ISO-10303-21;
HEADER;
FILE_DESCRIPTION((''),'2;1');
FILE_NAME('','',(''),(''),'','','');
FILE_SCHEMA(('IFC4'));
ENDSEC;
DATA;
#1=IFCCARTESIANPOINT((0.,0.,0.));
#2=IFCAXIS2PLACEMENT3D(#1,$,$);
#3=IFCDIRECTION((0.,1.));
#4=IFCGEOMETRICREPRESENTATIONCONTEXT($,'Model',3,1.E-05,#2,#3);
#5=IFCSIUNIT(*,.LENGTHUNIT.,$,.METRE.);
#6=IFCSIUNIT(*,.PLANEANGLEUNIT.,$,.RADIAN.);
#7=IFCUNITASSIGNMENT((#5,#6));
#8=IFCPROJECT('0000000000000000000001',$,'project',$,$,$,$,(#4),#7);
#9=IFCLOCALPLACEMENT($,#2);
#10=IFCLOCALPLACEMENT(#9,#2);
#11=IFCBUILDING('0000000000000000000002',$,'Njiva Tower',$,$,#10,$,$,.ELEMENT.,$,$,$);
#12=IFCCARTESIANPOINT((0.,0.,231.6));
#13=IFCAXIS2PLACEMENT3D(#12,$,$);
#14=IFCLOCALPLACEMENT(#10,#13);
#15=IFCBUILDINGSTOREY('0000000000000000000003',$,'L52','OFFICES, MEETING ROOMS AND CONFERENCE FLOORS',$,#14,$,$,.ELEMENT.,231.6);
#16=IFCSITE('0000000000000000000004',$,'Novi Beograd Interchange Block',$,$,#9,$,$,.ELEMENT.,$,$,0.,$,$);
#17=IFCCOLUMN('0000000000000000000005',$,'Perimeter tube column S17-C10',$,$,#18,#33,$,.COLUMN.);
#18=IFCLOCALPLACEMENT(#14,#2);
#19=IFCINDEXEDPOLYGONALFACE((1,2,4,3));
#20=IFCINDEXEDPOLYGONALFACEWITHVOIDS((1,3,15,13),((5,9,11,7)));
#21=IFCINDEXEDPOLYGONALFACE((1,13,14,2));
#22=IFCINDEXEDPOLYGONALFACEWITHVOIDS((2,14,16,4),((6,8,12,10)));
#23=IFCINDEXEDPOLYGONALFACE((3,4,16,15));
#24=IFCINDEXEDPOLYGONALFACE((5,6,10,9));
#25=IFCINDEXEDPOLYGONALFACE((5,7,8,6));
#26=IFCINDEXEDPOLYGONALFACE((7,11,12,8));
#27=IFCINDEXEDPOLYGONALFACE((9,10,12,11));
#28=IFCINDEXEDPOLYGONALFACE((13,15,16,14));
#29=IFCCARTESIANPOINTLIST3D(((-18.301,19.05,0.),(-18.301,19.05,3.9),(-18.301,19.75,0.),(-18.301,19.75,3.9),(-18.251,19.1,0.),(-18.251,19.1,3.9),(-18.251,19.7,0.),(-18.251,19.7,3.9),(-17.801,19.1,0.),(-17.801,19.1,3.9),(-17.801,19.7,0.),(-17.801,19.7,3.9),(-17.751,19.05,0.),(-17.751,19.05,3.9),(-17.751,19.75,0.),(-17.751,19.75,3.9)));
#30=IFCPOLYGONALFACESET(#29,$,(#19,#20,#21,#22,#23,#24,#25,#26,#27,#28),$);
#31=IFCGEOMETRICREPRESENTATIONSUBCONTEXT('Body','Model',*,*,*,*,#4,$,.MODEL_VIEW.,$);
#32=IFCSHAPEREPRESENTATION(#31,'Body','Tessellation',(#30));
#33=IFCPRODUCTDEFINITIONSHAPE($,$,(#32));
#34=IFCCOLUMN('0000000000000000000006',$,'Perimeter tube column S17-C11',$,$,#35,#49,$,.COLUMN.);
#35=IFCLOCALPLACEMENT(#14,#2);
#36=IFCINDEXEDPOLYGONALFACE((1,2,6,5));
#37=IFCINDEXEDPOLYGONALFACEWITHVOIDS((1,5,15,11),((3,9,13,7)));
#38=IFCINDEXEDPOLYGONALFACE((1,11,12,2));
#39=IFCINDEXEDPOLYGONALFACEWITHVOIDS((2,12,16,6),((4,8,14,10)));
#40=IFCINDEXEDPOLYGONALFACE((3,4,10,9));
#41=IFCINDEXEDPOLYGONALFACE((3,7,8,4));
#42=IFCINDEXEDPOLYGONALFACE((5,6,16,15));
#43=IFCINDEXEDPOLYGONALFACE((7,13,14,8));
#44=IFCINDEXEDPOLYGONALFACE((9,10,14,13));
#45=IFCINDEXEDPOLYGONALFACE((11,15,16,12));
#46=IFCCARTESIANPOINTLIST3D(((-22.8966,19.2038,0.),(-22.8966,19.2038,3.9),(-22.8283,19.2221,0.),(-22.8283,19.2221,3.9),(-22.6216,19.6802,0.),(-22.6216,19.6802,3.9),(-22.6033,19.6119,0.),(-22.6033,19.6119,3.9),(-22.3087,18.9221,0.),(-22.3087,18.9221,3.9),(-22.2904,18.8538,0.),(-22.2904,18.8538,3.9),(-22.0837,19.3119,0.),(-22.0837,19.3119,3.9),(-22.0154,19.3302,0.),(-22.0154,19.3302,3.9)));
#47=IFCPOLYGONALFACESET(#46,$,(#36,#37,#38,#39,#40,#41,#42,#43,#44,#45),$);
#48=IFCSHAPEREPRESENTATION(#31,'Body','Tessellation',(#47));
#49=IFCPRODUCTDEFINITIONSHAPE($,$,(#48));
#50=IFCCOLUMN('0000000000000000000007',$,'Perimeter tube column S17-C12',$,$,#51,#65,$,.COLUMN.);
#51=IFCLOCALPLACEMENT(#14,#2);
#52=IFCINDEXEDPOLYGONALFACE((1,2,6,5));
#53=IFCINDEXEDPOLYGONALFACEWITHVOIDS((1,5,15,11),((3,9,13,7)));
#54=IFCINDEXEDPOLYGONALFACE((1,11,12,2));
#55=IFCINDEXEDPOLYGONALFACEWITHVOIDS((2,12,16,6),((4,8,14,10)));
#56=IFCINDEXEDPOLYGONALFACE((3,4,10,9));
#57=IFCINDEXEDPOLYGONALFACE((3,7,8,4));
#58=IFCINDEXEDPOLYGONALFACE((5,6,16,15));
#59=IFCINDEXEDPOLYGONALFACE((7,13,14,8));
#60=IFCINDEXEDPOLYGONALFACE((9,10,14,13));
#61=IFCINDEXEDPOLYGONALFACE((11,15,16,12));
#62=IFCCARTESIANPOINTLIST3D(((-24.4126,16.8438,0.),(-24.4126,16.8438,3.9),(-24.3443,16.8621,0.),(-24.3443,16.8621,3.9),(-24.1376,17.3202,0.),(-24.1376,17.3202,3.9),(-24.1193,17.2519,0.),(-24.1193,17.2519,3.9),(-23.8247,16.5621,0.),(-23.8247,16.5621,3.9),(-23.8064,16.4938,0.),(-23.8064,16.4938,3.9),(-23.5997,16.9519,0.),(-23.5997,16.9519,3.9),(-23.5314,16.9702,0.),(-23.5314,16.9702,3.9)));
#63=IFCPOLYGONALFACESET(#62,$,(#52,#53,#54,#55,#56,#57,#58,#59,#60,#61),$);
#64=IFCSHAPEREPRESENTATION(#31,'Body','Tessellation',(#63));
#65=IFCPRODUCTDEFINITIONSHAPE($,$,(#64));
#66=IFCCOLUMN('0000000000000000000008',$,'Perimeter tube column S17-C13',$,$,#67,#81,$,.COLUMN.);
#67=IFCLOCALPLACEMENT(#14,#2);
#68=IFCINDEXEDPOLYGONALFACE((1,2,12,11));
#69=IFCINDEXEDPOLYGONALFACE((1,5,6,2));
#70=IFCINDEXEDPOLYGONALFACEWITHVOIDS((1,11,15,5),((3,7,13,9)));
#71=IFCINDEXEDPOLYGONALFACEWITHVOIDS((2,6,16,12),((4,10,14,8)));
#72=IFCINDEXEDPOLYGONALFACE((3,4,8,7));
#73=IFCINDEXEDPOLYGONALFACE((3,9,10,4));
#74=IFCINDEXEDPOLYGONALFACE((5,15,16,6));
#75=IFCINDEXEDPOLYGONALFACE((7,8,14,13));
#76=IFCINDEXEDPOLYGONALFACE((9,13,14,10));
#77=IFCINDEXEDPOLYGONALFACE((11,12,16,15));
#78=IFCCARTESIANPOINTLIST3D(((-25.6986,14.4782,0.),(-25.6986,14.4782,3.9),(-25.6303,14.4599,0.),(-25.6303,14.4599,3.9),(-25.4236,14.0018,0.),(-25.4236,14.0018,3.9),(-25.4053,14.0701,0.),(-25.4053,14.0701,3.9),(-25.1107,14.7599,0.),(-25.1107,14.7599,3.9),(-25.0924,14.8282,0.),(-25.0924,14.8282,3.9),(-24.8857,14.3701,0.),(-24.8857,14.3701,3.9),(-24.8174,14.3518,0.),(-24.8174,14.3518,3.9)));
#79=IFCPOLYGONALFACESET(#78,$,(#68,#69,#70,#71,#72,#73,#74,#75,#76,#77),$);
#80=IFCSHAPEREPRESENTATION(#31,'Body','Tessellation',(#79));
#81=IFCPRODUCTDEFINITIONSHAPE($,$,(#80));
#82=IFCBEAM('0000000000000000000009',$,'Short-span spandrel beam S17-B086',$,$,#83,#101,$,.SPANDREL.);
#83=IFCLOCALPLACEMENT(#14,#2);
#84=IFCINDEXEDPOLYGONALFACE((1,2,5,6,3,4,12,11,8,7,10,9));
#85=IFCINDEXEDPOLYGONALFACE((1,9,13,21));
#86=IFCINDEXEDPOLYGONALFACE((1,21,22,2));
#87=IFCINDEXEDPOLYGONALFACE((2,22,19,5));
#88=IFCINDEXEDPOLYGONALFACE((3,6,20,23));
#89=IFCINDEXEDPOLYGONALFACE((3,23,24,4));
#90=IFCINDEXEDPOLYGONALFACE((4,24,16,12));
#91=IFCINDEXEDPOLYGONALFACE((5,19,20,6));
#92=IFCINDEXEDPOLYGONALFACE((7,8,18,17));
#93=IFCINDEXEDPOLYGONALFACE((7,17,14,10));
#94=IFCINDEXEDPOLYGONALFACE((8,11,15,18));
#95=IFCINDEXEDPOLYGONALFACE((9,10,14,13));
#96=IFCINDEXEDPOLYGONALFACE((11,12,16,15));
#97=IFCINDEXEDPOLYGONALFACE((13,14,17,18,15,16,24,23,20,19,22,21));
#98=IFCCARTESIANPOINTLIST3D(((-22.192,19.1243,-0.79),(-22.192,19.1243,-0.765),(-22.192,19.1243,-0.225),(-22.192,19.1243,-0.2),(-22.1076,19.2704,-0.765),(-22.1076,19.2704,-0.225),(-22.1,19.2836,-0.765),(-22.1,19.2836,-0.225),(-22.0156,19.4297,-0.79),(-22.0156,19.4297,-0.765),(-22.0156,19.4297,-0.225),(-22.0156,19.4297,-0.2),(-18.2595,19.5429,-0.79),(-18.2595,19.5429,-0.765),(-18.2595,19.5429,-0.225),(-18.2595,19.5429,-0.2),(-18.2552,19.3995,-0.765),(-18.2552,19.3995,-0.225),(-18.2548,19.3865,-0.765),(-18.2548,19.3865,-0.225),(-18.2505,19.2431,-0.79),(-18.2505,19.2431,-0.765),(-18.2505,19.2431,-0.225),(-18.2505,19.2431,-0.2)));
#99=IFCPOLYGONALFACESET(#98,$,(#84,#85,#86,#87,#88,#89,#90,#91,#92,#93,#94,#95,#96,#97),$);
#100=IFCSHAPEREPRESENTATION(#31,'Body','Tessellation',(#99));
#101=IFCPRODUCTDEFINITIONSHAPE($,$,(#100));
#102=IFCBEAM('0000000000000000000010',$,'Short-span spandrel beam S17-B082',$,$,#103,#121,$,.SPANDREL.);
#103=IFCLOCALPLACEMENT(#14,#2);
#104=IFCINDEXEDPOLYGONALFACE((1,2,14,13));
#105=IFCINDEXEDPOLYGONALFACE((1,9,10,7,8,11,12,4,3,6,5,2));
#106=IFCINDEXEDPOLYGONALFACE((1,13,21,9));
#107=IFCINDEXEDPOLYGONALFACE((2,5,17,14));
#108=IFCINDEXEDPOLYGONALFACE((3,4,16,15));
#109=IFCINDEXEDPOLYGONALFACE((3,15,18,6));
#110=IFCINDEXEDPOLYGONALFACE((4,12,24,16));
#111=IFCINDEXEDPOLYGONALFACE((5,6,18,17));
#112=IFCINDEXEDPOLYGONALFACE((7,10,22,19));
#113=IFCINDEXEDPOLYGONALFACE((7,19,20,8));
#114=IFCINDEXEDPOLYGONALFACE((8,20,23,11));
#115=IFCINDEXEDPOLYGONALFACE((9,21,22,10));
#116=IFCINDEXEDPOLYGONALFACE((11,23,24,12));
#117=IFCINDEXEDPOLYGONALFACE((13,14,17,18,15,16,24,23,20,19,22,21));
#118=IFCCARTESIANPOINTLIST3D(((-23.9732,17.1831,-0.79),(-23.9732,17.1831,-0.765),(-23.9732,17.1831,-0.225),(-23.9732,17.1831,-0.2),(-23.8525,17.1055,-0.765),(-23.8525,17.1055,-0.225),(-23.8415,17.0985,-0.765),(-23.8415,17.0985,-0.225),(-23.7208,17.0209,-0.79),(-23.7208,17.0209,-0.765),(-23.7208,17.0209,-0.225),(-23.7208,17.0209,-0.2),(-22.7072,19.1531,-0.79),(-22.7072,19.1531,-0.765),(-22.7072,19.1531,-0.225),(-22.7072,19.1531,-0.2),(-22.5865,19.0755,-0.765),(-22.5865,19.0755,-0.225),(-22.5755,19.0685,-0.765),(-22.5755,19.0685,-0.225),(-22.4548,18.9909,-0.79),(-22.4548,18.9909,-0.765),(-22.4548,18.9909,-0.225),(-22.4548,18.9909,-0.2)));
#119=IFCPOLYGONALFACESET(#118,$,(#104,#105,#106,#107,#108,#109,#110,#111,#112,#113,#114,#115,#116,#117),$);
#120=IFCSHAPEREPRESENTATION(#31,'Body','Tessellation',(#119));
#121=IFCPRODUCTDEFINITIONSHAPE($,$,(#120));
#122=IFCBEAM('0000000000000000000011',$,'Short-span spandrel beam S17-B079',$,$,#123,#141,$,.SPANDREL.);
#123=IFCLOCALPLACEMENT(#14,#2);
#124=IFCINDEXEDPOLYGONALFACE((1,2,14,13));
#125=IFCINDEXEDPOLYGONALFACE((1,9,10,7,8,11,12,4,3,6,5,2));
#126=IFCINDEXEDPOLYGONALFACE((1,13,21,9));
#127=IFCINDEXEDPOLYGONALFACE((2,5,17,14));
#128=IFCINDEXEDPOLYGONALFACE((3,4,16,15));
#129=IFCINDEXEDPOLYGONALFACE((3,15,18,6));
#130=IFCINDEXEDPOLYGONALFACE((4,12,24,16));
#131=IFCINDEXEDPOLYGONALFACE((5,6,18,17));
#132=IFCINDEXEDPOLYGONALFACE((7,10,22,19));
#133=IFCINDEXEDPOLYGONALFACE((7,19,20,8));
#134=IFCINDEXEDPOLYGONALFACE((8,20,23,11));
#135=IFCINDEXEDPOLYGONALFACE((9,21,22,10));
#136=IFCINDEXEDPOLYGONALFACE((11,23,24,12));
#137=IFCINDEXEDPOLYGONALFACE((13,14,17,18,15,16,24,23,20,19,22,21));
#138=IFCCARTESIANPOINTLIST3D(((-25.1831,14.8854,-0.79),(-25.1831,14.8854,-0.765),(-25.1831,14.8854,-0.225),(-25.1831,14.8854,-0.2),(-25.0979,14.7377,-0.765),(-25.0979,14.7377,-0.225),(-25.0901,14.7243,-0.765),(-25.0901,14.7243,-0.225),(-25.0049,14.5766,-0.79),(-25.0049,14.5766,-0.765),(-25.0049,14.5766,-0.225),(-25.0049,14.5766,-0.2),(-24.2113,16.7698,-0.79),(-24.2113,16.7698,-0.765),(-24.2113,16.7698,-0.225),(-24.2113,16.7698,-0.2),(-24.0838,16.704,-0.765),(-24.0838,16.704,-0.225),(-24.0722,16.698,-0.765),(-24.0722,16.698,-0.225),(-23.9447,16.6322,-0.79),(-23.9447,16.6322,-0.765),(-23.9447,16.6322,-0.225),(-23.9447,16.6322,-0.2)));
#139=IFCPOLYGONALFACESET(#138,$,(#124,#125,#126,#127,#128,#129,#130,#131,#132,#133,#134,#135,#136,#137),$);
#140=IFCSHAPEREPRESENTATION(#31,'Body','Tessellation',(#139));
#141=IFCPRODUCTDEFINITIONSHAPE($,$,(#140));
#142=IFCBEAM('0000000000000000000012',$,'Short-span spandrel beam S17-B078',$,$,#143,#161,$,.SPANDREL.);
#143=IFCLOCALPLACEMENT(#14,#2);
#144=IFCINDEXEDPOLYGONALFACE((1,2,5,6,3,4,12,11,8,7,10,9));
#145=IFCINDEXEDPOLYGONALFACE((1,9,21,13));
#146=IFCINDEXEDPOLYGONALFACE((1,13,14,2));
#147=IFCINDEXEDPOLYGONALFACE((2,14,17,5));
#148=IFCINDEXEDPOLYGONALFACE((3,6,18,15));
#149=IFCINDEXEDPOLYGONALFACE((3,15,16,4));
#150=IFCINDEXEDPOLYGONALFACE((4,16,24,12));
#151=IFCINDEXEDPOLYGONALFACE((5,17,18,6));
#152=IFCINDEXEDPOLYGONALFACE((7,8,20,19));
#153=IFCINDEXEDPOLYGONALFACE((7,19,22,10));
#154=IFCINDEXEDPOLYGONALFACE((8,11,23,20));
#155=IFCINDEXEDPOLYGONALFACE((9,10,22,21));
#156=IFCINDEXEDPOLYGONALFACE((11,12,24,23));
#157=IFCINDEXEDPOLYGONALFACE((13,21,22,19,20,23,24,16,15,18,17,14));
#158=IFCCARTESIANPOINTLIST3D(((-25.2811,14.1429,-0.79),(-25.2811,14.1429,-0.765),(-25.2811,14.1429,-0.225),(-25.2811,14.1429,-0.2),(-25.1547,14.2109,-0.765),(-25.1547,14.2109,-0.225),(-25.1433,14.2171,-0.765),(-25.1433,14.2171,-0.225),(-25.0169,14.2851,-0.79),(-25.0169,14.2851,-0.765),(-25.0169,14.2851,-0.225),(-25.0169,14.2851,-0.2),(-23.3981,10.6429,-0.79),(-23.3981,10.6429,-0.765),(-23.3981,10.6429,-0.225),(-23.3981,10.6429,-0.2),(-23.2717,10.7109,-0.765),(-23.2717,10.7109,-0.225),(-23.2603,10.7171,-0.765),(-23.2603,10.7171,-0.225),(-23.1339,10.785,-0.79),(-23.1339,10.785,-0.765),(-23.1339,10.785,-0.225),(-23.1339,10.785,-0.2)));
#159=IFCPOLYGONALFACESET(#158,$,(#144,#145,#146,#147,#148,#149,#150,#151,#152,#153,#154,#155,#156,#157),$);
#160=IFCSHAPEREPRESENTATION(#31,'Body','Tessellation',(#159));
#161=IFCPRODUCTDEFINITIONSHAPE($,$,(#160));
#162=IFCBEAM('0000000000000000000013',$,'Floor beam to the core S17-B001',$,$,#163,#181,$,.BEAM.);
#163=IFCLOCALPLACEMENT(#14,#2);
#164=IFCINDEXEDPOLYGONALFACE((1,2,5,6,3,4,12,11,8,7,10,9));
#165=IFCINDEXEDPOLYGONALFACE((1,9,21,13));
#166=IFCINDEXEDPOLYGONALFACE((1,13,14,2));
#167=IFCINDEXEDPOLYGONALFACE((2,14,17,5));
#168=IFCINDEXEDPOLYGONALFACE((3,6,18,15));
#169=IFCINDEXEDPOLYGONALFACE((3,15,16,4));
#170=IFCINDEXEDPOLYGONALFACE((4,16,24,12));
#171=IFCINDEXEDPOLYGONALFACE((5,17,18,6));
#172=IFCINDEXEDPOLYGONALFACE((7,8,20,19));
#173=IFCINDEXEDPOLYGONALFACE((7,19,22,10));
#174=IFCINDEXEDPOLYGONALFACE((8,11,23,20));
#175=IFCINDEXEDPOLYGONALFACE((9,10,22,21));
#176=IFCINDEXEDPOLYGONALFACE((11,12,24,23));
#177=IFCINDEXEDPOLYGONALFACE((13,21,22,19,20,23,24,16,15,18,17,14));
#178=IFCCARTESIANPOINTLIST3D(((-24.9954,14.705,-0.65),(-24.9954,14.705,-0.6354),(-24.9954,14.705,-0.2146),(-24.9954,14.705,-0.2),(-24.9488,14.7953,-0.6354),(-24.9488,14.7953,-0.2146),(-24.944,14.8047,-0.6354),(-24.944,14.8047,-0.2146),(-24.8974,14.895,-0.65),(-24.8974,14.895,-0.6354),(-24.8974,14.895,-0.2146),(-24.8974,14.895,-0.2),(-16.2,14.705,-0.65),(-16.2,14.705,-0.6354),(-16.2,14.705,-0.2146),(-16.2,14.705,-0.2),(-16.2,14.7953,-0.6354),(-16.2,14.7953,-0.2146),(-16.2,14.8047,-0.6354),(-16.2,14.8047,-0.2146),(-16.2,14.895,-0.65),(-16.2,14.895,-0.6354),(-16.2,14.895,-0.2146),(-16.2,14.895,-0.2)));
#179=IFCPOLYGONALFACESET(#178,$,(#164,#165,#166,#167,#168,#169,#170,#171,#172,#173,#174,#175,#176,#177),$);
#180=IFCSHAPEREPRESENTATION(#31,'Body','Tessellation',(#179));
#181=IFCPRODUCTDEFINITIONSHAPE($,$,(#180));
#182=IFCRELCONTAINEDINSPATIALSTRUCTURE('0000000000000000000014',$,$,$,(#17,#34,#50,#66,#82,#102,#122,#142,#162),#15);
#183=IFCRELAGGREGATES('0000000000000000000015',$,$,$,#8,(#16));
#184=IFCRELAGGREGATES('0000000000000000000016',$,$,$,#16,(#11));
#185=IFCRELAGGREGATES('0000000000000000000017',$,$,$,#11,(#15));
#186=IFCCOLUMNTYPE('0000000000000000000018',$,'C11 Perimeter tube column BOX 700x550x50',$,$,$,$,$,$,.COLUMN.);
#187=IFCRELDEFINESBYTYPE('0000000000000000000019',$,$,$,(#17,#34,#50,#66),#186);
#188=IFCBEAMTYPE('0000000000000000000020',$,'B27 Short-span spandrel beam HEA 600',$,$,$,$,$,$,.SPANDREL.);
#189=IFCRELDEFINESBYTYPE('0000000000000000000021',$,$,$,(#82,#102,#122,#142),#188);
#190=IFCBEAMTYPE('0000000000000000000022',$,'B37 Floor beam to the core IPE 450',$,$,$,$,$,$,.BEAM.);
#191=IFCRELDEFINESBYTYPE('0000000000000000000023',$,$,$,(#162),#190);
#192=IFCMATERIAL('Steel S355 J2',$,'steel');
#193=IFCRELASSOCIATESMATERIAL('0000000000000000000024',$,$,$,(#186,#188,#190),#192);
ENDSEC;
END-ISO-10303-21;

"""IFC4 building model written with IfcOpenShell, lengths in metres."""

from ifc_helpers import new_model, si_unit, direction, frame, origin, origin_2d, place, context, subcontext, project, spatial, hollow_rectangle, i_section, extrude, clip, halfspace, material, material_profile, profile_set, type_object, element, save


model = new_model("IFC4")

# Units and contexts
model_context = context("Model", 3, precision=1e-05, world=origin(), true_north=direction((0.0, 1.0)))
body_context = subcontext(model_context, "Body", "Model", "MODEL_VIEW")
ifc_project = project(units=[si_unit("LENGTHUNIT", "METRE"), si_unit("PLANEANGLEUNIT", "RADIAN")], contexts=[model_context])

# Site, building, storey
site_placement = place(None, origin())
site = spatial("IfcSite", under=ifc_project, at=site_placement, Name="Novi Beograd Interchange Block", CompositionType="ELEMENT", RefElevation=0.0)
building_placement = place(site_placement, origin())
building = spatial("IfcBuilding", under=site, at=building_placement, Name="Njiva Tower", CompositionType="ELEMENT")
storey_placement = place(building_placement, frame((0.0, 0.0, 231.6)))
storey = spatial("IfcBuildingStorey", under=building, at=storey_placement, Name="L52", Description="OFFICES, MEETING ROOMS AND CONFERENCE FLOORS", CompositionType="ELEMENT", Elevation=231.6)

# Columns
ifc_material_1 = material(Name="Steel S355 J2", Category="steel")
ifc_material_profile_1 = material_profile(ifc_material_1, hollow_rectangle(XDim=0.55, YDim=0.7, WallThickness=0.05, at=origin_2d()), Name="BOX 700x550x50")
ifc_profile_set_1 = profile_set([ifc_material_profile_1], Name="Steel S355 J2")
column_type = type_object("IfcColumnType", Name="C11 Perimeter tube column BOX 700x550x50", PredefinedType="COLUMN", material=ifc_profile_set_1)
for number, where, z_axis, x_axis, name in (
    (1, (-18.026, 19.4, 0.0), (0.0, 0.0, 1.0), (-1.0, 0.0, 0.0), "Perimeter tube column S17-C10"),
    (2, (-22.456, 19.267, 0.0), (0.0, 0.0, 1.0), (-0.5, -0.866025, 0.0), "Perimeter tube column S17-C11"),
    (3, (-23.972, 16.907, 0.0), (0.0, 0.0, 1.0), (-0.5, -0.866025, 0.0), "Perimeter tube column S17-C12"),
    (4, (-25.258, 14.415, 0.0), (0.0, 0.0, 1.0), (0.5, -0.866025, 0.0), "Perimeter tube column S17-C13"),
):
    element("IfcColumn", number, at=place(storey_placement, frame(where, z_axis=z_axis, x_axis=x_axis)), inside=storey, type_object=column_type, Name=name, PredefinedType="COLUMN", context=body_context, shape_type="SweptSolid", body=[
        extrude(hollow_rectangle(XDim=0.55, YDim=0.7, WallThickness=0.05, at=origin_2d()), origin(), (0.0, 0.0, 1.0), 3.9),
    ])

# Beams
ifc_material_profile_2 = material_profile(ifc_material_1, i_section(OverallWidth=0.3, OverallDepth=0.59, WebThickness=0.013, FlangeThickness=0.025, at=origin_2d()), Name="HEA 600")
ifc_profile_set_2 = profile_set([ifc_material_profile_2], Name="Steel S355 J2")
beam_type_1 = type_object("IfcBeamType", Name="B27 Short-span spandrel beam HEA 600", PredefinedType="SPANDREL", material=ifc_profile_set_2)
beam_1_placement = place(storey_placement, frame((-18.255, 19.393, -0.495), z_axis=(-0.999546, -0.030124, 0.0), x_axis=(0.030124, -0.999546, 0.0)))
element("IfcBeam", 5, at=beam_1_placement, inside=storey, type_object=beam_type_1, Name="Short-span spandrel beam S17-B086", PredefinedType="SPANDREL", context=body_context, shape_type="Clipping", body=[
    clip(extrude(i_section(OverallWidth=0.3, OverallDepth=0.59, WebThickness=0.013, FlangeThickness=0.025, at=origin_2d()), origin(), (0.0, 0.0, 1.0), 3.9637), halfspace(frame((-0.0268, 0.0, 3.834), z_axis=(-0.525859, 0.0, 0.850572), x_axis=(0.0, 1.0, 0.0)), False)),
])
beam_2_placement = place(storey_placement, frame((-22.581, 19.072, -0.495), z_axis=(-0.540628, -0.841262, 0.0), x_axis=(0.841262, -0.540628, 0.0)))
element("IfcBeam", 6, at=beam_2_placement, inside=storey, type_object=beam_type_1, Name="Short-span spandrel beam S17-B082", PredefinedType="SPANDREL", context=body_context, shape_type="SweptSolid", body=[
    extrude(i_section(OverallWidth=0.3, OverallDepth=0.59, WebThickness=0.013, FlangeThickness=0.025, at=origin_2d()), origin(), (0.0, 0.0, 1.0), 2.3417),
])
beam_3_placement = place(storey_placement, frame((-24.078, 16.701, -0.495), z_axis=(-0.458367, -0.888763, 0.0), x_axis=(0.888763, -0.458367, 0.0)))
element("IfcBeam", 7, at=beam_3_placement, inside=storey, type_object=beam_type_1, Name="Short-span spandrel beam S17-B079", PredefinedType="SPANDREL", context=body_context, shape_type="Clipping", body=[
    clip(extrude(i_section(OverallWidth=0.3, OverallDepth=0.59, WebThickness=0.013, FlangeThickness=0.025, at=origin_2d()), origin(), (0.0, 0.0, 1.0), 2.3326), halfspace(frame((-0.0275, 0.0, 2.1989), z_axis=(-0.54051, 0.0, 0.841338), x_axis=(0.0, 1.0, 0.0)), False)),
])
beam_4_placement = place(storey_placement, frame((-25.149, 14.214, -0.495), z_axis=(0.473785, -0.880641, 0.0), x_axis=(0.880641, 0.473785, 0.0)))
element("IfcBeam", 8, at=beam_4_placement, inside=storey, type_object=beam_type_1, Name="Short-span spandrel beam S17-B078", PredefinedType="SPANDREL", context=body_context, shape_type="SweptSolid", body=[
    extrude(i_section(OverallWidth=0.3, OverallDepth=0.59, WebThickness=0.013, FlangeThickness=0.025, at=origin_2d()), origin(), (0.0, 0.0, 1.0), 3.9744),
])
ifc_material_profile_3 = material_profile(ifc_material_1, i_section(OverallWidth=0.19, OverallDepth=0.45, WebThickness=0.0094, FlangeThickness=0.0146, at=origin_2d()), Name="IPE 450")
ifc_profile_set_3 = profile_set([ifc_material_profile_3], Name="Steel S355 J2")
beam_type_2 = type_object("IfcBeamType", Name="B37 Floor beam to the core IPE 450", PredefinedType="BEAM", material=ifc_profile_set_3)
beam_5_placement = place(storey_placement, frame((-25.015, 14.8, -0.425), z_axis=(1.0, 0.0, 0.0), x_axis=(0.0, 1.0, 0.0)))
element("IfcBeam", 9, at=beam_5_placement, inside=storey, type_object=beam_type_2, Name="Floor beam to the core S17-B001", PredefinedType="BEAM", context=body_context, shape_type="Clipping", body=[
    clip(extrude(i_section(OverallWidth=0.19, OverallDepth=0.45, WebThickness=0.0094, FlangeThickness=0.0146, at=origin_2d()), origin(), (0.0, 0.0, 1.0), 8.815), halfspace(frame((0.0229, 0.0, 0.0804), z_axis=(0.458331, 0.0, -0.888782), x_axis=(0.0, -1.0, 0.0)), False)),
])

save(model, "model.ifc")
